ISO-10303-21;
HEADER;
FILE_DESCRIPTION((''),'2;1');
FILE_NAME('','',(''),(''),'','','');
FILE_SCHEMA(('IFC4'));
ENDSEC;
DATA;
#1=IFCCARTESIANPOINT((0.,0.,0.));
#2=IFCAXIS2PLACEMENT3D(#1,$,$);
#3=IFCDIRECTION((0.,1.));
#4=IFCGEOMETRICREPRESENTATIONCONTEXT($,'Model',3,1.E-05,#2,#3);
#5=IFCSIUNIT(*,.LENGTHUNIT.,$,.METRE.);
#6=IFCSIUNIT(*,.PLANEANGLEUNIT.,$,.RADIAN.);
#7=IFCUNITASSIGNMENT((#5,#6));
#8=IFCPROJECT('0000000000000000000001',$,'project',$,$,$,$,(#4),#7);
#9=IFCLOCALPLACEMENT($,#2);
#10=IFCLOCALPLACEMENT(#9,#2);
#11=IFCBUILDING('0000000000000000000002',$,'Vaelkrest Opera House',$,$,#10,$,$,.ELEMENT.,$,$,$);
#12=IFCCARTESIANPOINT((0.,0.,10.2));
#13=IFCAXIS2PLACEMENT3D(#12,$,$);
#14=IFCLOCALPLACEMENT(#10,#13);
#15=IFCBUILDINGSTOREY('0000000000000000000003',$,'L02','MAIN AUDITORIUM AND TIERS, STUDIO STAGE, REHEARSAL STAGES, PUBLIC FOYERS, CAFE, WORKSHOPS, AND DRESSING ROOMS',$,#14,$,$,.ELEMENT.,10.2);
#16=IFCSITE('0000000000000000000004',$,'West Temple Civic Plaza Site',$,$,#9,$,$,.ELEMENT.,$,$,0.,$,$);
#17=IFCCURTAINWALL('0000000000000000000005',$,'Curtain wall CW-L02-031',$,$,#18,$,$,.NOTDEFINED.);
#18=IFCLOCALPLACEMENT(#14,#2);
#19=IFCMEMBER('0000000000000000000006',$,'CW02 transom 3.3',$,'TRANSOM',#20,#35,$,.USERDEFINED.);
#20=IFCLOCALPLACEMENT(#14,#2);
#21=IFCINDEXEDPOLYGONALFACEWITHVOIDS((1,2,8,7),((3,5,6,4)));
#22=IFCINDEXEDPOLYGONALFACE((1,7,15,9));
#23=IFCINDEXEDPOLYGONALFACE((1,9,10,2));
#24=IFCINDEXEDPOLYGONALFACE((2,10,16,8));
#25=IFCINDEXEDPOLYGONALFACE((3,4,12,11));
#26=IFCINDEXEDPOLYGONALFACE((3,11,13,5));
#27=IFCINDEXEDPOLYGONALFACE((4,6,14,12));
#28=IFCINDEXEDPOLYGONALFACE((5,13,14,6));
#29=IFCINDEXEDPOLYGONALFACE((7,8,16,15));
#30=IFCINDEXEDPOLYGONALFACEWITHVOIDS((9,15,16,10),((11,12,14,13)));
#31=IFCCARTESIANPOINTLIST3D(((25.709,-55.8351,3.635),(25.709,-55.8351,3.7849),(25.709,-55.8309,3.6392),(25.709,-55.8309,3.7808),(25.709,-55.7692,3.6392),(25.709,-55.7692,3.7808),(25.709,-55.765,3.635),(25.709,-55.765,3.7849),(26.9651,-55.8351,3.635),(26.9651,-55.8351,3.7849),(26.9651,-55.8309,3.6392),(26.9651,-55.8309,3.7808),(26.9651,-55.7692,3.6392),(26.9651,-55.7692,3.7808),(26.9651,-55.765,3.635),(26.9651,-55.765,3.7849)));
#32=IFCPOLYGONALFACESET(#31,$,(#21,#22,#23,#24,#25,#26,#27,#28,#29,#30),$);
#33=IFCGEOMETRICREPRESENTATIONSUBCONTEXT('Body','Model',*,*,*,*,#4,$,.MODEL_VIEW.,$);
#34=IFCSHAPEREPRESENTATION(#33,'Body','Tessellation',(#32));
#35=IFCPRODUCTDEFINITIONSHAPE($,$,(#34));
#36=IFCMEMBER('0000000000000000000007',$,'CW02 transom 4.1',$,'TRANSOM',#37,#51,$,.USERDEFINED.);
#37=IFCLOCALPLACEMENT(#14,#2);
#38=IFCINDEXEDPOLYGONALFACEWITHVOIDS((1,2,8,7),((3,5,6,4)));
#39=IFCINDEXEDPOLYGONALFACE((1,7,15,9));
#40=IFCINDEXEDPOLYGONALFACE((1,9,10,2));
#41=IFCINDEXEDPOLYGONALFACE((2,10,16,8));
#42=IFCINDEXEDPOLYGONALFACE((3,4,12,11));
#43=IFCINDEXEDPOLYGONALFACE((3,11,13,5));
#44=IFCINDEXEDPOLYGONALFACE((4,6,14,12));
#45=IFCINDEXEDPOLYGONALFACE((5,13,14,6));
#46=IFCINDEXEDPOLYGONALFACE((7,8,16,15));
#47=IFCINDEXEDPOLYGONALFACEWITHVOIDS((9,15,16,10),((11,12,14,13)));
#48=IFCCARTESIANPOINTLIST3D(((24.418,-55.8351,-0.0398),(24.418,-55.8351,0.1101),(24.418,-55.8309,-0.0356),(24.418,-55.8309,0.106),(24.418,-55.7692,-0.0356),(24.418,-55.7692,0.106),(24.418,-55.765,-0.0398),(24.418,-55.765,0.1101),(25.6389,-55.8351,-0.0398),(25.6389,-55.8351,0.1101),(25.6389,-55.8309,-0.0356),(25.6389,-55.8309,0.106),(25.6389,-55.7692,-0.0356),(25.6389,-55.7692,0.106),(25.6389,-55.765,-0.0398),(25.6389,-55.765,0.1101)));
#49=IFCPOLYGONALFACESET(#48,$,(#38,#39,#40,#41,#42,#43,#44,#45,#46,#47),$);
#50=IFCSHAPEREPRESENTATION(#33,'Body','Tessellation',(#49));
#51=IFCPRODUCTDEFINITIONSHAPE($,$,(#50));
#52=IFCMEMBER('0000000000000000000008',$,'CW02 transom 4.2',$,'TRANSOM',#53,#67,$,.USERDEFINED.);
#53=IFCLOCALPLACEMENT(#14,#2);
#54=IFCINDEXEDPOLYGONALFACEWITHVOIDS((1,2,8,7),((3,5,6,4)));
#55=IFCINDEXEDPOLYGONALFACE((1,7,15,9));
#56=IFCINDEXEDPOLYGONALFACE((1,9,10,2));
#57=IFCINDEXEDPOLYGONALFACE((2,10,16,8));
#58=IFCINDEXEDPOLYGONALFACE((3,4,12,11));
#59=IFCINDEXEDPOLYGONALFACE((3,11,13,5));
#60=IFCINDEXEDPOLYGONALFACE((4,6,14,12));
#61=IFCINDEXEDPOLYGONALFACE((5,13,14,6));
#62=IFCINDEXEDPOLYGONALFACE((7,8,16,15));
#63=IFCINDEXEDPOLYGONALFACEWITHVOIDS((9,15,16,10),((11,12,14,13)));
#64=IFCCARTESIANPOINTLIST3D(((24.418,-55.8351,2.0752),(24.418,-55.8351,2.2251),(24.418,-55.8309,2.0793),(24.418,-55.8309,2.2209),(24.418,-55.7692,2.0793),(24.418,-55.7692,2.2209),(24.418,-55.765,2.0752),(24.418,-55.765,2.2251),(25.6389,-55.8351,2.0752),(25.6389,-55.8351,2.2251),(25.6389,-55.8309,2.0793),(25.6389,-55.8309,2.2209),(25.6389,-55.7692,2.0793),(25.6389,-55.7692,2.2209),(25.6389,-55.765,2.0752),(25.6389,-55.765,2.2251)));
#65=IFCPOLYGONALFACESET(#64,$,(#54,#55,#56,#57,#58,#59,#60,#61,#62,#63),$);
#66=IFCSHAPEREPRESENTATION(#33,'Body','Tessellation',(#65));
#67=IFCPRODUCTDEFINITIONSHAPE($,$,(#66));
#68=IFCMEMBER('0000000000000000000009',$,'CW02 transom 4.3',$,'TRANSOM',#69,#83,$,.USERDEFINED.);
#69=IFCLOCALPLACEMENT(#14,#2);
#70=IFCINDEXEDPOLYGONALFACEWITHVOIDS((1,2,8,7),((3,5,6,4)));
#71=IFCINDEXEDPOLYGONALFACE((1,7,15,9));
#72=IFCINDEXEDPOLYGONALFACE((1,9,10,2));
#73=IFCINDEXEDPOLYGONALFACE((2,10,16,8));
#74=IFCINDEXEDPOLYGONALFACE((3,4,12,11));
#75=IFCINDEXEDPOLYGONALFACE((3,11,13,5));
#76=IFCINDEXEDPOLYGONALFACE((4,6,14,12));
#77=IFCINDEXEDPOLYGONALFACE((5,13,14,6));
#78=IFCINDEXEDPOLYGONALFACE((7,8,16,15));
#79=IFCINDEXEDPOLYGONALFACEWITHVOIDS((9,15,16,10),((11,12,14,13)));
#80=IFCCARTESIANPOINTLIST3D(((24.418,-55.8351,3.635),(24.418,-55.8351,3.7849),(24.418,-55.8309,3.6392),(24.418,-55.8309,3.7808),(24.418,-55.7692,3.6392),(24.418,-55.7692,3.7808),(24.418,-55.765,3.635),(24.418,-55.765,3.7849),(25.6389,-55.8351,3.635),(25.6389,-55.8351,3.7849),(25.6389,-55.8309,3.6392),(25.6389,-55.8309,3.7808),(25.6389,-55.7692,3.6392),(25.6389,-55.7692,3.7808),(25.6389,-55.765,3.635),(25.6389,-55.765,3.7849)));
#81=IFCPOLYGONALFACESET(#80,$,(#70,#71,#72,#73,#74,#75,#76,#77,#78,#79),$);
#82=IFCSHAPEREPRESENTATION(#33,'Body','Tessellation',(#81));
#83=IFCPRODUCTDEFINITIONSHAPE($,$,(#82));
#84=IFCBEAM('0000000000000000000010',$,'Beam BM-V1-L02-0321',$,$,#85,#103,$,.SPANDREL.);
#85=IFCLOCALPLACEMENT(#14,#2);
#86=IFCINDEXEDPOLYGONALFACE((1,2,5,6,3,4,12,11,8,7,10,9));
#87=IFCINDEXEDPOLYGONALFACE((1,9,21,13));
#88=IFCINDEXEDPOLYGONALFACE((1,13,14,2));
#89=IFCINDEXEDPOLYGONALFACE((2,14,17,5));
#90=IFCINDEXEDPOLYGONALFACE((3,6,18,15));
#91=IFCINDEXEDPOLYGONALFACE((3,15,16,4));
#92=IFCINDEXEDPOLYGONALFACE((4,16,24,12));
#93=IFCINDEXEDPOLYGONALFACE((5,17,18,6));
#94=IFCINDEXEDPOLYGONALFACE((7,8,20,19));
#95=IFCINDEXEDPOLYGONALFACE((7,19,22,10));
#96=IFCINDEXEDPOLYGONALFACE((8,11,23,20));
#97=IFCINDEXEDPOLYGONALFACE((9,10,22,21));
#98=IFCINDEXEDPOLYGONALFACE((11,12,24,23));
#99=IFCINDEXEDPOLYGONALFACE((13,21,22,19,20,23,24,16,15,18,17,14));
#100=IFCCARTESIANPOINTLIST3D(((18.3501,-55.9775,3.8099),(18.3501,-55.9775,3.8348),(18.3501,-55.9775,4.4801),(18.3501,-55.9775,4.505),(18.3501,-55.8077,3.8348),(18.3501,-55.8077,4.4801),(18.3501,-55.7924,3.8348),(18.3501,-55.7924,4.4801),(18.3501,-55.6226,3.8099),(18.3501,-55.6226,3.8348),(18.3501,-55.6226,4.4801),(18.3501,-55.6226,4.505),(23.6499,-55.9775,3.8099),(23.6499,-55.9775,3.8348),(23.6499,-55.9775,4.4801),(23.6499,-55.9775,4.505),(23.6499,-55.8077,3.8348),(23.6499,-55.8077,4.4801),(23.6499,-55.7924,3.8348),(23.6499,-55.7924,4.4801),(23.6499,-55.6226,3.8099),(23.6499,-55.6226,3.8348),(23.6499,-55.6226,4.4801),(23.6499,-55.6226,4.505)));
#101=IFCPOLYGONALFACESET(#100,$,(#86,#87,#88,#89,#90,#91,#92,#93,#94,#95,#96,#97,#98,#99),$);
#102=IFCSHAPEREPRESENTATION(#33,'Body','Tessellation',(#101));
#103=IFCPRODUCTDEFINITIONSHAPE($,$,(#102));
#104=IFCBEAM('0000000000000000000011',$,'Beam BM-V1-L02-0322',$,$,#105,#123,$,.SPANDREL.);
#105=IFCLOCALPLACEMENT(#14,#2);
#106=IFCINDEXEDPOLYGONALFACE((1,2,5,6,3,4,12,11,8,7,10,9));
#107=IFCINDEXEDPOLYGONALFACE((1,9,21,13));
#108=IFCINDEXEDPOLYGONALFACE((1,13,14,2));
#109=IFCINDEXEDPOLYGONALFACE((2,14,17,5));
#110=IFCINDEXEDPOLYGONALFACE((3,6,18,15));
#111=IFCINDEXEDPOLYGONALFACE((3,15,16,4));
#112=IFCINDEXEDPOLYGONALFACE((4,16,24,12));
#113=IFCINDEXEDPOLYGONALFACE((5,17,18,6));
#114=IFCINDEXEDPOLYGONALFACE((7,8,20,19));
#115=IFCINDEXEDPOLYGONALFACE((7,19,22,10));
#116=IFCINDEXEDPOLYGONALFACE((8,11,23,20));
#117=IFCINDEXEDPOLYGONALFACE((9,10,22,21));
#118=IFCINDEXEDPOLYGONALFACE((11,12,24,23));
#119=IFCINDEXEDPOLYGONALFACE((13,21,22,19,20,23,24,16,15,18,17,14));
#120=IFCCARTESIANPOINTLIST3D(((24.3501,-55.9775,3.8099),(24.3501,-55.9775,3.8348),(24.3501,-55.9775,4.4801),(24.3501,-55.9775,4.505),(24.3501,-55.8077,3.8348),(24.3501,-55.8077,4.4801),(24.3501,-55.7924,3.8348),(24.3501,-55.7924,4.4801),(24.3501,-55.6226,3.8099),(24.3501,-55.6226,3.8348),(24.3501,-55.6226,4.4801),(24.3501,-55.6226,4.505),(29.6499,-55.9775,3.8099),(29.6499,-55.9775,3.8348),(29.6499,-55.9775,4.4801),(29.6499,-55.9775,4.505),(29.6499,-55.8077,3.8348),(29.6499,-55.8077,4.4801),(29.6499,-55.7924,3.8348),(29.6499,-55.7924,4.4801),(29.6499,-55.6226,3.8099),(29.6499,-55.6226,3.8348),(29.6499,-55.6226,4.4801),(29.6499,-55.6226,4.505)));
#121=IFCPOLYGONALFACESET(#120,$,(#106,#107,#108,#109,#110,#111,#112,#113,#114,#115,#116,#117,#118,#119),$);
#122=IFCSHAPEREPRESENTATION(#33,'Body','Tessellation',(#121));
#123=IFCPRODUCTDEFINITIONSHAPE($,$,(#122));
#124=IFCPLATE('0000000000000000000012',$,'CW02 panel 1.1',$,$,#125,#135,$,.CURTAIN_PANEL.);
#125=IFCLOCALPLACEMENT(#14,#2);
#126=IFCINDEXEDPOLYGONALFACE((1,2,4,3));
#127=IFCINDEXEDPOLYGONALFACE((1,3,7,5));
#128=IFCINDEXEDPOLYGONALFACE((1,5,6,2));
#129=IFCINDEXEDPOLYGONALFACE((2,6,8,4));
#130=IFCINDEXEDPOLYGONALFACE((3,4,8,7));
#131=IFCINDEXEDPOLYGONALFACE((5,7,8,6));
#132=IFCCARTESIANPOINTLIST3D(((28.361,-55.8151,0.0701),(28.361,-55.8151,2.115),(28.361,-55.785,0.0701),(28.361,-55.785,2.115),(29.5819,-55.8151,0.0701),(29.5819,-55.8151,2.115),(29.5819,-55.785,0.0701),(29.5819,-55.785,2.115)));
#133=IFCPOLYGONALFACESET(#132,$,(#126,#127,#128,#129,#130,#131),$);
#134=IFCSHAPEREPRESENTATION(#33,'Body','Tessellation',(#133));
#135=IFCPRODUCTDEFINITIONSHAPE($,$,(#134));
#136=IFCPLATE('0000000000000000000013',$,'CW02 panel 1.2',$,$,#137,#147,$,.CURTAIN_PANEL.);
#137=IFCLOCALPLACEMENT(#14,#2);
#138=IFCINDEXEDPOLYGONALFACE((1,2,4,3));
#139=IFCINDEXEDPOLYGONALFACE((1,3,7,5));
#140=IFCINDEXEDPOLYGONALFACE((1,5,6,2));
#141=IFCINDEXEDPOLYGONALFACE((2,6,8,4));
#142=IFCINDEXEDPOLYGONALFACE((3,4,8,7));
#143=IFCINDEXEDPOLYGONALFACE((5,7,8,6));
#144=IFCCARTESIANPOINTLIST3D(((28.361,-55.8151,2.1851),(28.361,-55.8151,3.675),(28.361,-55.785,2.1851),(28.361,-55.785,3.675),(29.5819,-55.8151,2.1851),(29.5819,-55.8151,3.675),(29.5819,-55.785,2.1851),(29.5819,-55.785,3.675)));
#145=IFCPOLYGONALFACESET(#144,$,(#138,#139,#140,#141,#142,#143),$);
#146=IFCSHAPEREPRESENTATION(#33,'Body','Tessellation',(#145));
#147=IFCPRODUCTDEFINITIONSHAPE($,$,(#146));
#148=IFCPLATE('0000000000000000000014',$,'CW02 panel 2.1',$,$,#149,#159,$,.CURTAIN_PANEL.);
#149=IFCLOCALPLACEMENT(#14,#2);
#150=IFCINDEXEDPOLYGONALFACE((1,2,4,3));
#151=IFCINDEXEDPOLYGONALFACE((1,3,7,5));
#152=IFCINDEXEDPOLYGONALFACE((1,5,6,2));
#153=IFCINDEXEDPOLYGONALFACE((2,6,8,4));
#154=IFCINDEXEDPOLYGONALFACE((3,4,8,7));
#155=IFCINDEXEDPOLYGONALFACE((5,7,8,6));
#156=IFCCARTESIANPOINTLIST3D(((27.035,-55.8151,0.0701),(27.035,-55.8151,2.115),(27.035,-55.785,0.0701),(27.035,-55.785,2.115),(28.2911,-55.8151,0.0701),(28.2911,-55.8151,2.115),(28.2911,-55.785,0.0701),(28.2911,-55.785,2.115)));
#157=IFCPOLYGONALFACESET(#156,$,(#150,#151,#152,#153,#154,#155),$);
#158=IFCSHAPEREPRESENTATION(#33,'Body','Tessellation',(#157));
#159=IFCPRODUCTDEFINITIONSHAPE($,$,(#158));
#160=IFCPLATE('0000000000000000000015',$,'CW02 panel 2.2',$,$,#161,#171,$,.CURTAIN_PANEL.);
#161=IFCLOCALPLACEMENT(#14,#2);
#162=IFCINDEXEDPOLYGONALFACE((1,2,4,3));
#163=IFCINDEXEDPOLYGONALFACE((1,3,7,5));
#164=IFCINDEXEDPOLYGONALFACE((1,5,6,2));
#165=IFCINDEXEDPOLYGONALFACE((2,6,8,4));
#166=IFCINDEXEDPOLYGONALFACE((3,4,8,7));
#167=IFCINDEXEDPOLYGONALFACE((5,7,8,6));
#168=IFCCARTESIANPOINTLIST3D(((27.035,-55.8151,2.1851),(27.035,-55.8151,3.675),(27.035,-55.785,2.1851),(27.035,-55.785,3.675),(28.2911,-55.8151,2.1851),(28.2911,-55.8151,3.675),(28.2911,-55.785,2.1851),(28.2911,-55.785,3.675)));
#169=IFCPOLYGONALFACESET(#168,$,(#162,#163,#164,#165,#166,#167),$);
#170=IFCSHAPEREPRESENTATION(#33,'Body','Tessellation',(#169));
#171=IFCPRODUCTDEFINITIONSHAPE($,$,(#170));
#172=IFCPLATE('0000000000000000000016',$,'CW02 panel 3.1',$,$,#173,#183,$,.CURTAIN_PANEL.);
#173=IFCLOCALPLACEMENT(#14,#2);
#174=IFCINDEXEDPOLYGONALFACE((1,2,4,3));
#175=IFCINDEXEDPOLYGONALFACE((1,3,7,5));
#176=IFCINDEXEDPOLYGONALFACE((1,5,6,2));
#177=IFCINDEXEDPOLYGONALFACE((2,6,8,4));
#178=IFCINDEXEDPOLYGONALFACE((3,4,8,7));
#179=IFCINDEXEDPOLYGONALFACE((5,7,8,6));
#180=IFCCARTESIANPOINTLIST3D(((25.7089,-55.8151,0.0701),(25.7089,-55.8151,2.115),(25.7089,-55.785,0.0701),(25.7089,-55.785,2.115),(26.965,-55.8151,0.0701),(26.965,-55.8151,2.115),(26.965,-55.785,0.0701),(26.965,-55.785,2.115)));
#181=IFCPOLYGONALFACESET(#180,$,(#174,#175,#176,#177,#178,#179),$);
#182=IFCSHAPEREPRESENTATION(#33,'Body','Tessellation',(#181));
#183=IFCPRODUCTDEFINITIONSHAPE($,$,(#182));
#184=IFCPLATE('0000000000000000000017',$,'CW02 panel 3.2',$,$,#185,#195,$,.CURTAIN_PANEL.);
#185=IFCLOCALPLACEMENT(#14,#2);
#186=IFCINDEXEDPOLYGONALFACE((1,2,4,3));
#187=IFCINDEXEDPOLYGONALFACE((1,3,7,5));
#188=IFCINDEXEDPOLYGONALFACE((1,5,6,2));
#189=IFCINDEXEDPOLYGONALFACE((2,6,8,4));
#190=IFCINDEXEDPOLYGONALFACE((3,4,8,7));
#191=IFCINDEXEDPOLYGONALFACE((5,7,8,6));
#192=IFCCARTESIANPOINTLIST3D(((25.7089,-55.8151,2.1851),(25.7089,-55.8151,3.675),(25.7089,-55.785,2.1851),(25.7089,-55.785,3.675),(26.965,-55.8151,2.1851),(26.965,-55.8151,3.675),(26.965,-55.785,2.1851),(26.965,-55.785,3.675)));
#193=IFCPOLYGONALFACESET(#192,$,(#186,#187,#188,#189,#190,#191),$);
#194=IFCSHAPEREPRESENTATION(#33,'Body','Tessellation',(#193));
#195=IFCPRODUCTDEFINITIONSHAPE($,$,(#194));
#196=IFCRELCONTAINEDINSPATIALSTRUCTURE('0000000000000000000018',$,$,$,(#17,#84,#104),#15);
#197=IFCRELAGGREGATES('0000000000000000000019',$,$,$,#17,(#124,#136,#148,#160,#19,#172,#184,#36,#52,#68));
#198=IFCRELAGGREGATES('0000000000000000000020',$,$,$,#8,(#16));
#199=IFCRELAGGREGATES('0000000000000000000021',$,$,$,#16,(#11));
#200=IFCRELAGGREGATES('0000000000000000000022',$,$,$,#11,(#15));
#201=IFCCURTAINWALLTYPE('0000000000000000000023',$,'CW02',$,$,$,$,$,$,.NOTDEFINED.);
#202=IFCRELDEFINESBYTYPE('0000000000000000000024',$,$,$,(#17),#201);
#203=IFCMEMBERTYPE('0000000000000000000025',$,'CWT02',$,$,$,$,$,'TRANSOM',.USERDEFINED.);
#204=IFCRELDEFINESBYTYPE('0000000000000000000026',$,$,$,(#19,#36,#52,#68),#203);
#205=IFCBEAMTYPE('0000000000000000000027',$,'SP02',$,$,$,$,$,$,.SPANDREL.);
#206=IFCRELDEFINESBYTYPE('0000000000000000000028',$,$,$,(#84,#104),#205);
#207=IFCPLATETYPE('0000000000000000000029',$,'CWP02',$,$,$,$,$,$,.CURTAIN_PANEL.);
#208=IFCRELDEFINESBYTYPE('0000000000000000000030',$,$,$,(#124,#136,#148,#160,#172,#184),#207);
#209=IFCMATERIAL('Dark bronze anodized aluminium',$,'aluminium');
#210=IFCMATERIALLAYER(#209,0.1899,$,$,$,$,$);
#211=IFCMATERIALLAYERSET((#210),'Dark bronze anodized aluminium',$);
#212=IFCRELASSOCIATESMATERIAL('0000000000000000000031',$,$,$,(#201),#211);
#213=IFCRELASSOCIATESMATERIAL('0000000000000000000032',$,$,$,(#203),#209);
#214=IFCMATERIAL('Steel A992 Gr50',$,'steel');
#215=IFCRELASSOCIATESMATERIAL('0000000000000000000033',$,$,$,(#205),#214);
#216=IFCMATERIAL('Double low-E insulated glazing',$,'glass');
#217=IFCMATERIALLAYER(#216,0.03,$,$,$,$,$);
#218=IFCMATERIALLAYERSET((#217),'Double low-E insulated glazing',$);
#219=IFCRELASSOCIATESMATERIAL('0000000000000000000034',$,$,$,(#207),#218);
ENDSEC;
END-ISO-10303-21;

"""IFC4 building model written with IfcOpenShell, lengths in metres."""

from ifc_helpers import new_model, si_unit, direction, frame, origin, origin_2d, place, context, subcontext, project, spatial, rectangle, hollow_rectangle, i_section, extrude, material, layer, layer_set, material_profile, profile_set, type_object, element, aggregate, save


model = new_model("IFC4")

# Units and contexts
model_context = context("Model", 3, precision=1e-05, world=origin(), true_north=direction((0.0, 1.0)))
body_context = subcontext(model_context, "Body", "Model", "MODEL_VIEW")
ifc_project = project(units=[si_unit("LENGTHUNIT", "METRE"), si_unit("PLANEANGLEUNIT", "RADIAN")], contexts=[model_context])

# Site, building, storey
site_placement = place(None, origin())
site = spatial("IfcSite", under=ifc_project, at=site_placement, Name="West Temple Civic Plaza Site", CompositionType="ELEMENT", RefElevation=0.0)
building_placement = place(site_placement, origin())
building = spatial("IfcBuilding", under=site, at=building_placement, Name="Vaelkrest Opera House", CompositionType="ELEMENT")
storey_placement = place(building_placement, frame((0.0, 0.0, 10.2)))
storey = spatial("IfcBuildingStorey", under=building, at=storey_placement, Name="L02", Description="MAIN AUDITORIUM AND TIERS, STUDIO STAGE, REHEARSAL STAGES, PUBLIC FOYERS, CAFE, WORKSHOPS, AND DRESSING ROOMS", CompositionType="ELEMENT", Elevation=10.2)

# Curtain wall, members
ifc_material_1 = material(Name="Dark bronze anodized aluminium", Category="aluminium")
ifc_layer_1 = layer(ifc_material_1, 0.1899)
ifc_layer_set_1 = layer_set([ifc_layer_1], Name="Dark bronze anodized aluminium")
curtain_wall_type = type_object("IfcCurtainWallType", Name="CW02", PredefinedType="NOTDEFINED", material=ifc_layer_set_1)
curtain_wall_placement = place(storey_placement, origin())
curtain_wall = element("IfcCurtainWall", 1, at=curtain_wall_placement, inside=storey, type_object=curtain_wall_type, Name="Curtain wall CW-L02-031", PredefinedType="NOTDEFINED")
ifc_material_profile_1 = material_profile(ifc_material_1, hollow_rectangle(XDim=0.0701, YDim=0.1499, WallThickness=0.0042, at=origin_2d()), Name="CWT70X150")
ifc_profile_set_1 = profile_set([ifc_material_profile_1], Name="Dark bronze anodized aluminium")
member_type_1 = type_object("IfcMemberType", Name="CWT02", ElementType="TRANSOM", PredefinedType="USERDEFINED", material=ifc_profile_set_1)
member_1_placement = place(storey_placement, frame((26.9651, -55.8, 3.71), z_axis=(-1.0, 0.0, 0.0), x_axis=(0.0, -1.0, 0.0)))
member_1 = element("IfcMember", 2, at=member_1_placement, type_object=member_type_1, Name="CW02 transom 3.3", ObjectType="TRANSOM", PredefinedType="USERDEFINED", context=body_context, shape_type="SweptSolid", body=[
    extrude(hollow_rectangle(XDim=0.0701, YDim=0.1499, WallThickness=0.0042, at=origin_2d()), origin(), (0.0, 0.0, 1.0), 1.2561),
])
member_2_placement = place(storey_placement, frame((25.6389, -55.8, 0.0352), z_axis=(-1.0, 0.0, 0.0), x_axis=(0.0, -1.0, 0.0)))
member_2 = element("IfcMember", 3, at=member_2_placement, type_object=member_type_1, Name="CW02 transom 4.1", ObjectType="TRANSOM", PredefinedType="USERDEFINED", context=body_context, shape_type="SweptSolid", body=[
    extrude(hollow_rectangle(XDim=0.0701, YDim=0.1499, WallThickness=0.0042, at=origin_2d()), origin(), (0.0, 0.0, 1.0), 1.2209),
])
member_3_placement = place(storey_placement, frame((25.6389, -55.8, 2.1501), z_axis=(-1.0, 0.0, 0.0), x_axis=(0.0, -1.0, 0.0)))
member_3 = element("IfcMember", 4, at=member_3_placement, type_object=member_type_1, Name="CW02 transom 4.2", ObjectType="TRANSOM", PredefinedType="USERDEFINED", context=body_context, shape_type="SweptSolid", body=[
    extrude(hollow_rectangle(XDim=0.0701, YDim=0.1499, WallThickness=0.0042, at=origin_2d()), origin(), (0.0, 0.0, 1.0), 1.2209),
])
member_4_placement = place(storey_placement, frame((25.6389, -55.8, 3.71), z_axis=(-1.0, 0.0, 0.0), x_axis=(0.0, -1.0, 0.0)))
member_4 = element("IfcMember", 5, at=member_4_placement, type_object=member_type_1, Name="CW02 transom 4.3", ObjectType="TRANSOM", PredefinedType="USERDEFINED", context=body_context, shape_type="SweptSolid", body=[
    extrude(hollow_rectangle(XDim=0.0701, YDim=0.1499, WallThickness=0.0042, at=origin_2d()), origin(), (0.0, 0.0, 1.0), 1.2209),
])

# Beams
ifc_material_2 = material(Name="Steel A992 Gr50", Category="steel")
ifc_material_profile_2 = material_profile(ifc_material_2, i_section(OverallWidth=0.355, OverallDepth=0.6951, WebThickness=0.0154, FlangeThickness=0.0249, at=origin_2d()), Name="W27X146")
ifc_profile_set_2 = profile_set([ifc_material_profile_2], Name="Steel A992 Gr50")
beam_type = type_object("IfcBeamType", Name="SP02", PredefinedType="SPANDREL", material=ifc_profile_set_2)
for number, where, z_axis, x_axis, name in (
    (6, (18.3501, -55.8, 4.1575), (1.0, 0.0, 0.0), (0.0, 1.0, 0.0), "Beam BM-V1-L02-0321"),
    (7, (24.3501, -55.8, 4.1575), (1.0, 0.0, 0.0), (0.0, 1.0, 0.0), "Beam BM-V1-L02-0322"),
):
    element("IfcBeam", number, at=place(storey_placement, frame(where, z_axis=z_axis, x_axis=x_axis)), inside=storey, type_object=beam_type, Name=name, PredefinedType="SPANDREL", context=body_context, shape_type="SweptSolid", body=[
        extrude(i_section(OverallWidth=0.355, OverallDepth=0.6951, WebThickness=0.0154, FlangeThickness=0.0249, at=origin_2d()), origin(), (0.0, 0.0, 1.0), 5.2998),
    ])

# Plates
ifc_material_3 = material(Name="Double low-E insulated glazing", Category="glass")
ifc_layer_2 = layer(ifc_material_3, 0.03)
ifc_layer_set_2 = layer_set([ifc_layer_2], Name="Double low-E insulated glazing")
plate_type = type_object("IfcPlateType", Name="CWP02", PredefinedType="CURTAIN_PANEL", material=ifc_layer_set_2)
plate_1_placement = place(storey_placement, frame((28.9714, -55.8, 0.0701), z_axis=(0.0, 0.0, 1.0), x_axis=(-1.0, 0.0, 0.0)))
plate_1 = element("IfcPlate", 8, at=plate_1_placement, type_object=plate_type, Name="CW02 panel 1.1", PredefinedType="CURTAIN_PANEL", context=body_context, shape_type="SweptSolid", body=[
    extrude(rectangle(XDim=1.2209, YDim=0.03, at=origin_2d()), origin(), (0.0, 0.0, 1.0), 2.0449),
])
plate_2_placement = place(storey_placement, frame((28.9714, -55.8, 2.1851), z_axis=(0.0, 0.0, 1.0), x_axis=(-1.0, 0.0, 0.0)))
plate_2 = element("IfcPlate", 9, at=plate_2_placement, type_object=plate_type, Name="CW02 panel 1.2", PredefinedType="CURTAIN_PANEL", context=body_context, shape_type="SweptSolid", body=[
    extrude(rectangle(XDim=1.2209, YDim=0.03, at=origin_2d()), origin(), (0.0, 0.0, 1.0), 1.49),
])
plate_3_placement = place(storey_placement, frame((27.6631, -55.8, 0.0701), z_axis=(0.0, 0.0, 1.0), x_axis=(-1.0, 0.0, 0.0)))
plate_3 = element("IfcPlate", 10, at=plate_3_placement, type_object=plate_type, Name="CW02 panel 2.1", PredefinedType="CURTAIN_PANEL", context=body_context, shape_type="SweptSolid", body=[
    extrude(rectangle(XDim=1.2561, YDim=0.03, at=origin_2d()), origin(), (0.0, 0.0, 1.0), 2.0449),
])
plate_4_placement = place(storey_placement, frame((27.6631, -55.8, 2.1851), z_axis=(0.0, 0.0, 1.0), x_axis=(-1.0, 0.0, 0.0)))
plate_4 = element("IfcPlate", 11, at=plate_4_placement, type_object=plate_type, Name="CW02 panel 2.2", PredefinedType="CURTAIN_PANEL", context=body_context, shape_type="SweptSolid", body=[
    extrude(rectangle(XDim=1.2561, YDim=0.03, at=origin_2d()), origin(), (0.0, 0.0, 1.0), 1.49),
])
plate_5_placement = place(storey_placement, frame((26.3369, -55.8, 0.0701), z_axis=(0.0, 0.0, 1.0), x_axis=(-1.0, 0.0, 0.0)))
plate_5 = element("IfcPlate", 12, at=plate_5_placement, type_object=plate_type, Name="CW02 panel 3.1", PredefinedType="CURTAIN_PANEL", context=body_context, shape_type="SweptSolid", body=[
    extrude(rectangle(XDim=1.2561, YDim=0.03, at=origin_2d()), origin(), (0.0, 0.0, 1.0), 2.0449),
])
plate_6_placement = place(storey_placement, frame((26.3369, -55.8, 2.1851), z_axis=(0.0, 0.0, 1.0), x_axis=(-1.0, 0.0, 0.0)))
plate_6 = element("IfcPlate", 13, at=plate_6_placement, type_object=plate_type, Name="CW02 panel 3.2", PredefinedType="CURTAIN_PANEL", context=body_context, shape_type="SweptSolid", body=[
    extrude(rectangle(XDim=1.2561, YDim=0.03, at=origin_2d()), origin(), (0.0, 0.0, 1.0), 1.49),
])
aggregate(curtain_wall, [plate_1, plate_2, plate_3, plate_4, member_1, plate_5, plate_6, member_2, member_3, member_4])

save(model, "model.ifc")
